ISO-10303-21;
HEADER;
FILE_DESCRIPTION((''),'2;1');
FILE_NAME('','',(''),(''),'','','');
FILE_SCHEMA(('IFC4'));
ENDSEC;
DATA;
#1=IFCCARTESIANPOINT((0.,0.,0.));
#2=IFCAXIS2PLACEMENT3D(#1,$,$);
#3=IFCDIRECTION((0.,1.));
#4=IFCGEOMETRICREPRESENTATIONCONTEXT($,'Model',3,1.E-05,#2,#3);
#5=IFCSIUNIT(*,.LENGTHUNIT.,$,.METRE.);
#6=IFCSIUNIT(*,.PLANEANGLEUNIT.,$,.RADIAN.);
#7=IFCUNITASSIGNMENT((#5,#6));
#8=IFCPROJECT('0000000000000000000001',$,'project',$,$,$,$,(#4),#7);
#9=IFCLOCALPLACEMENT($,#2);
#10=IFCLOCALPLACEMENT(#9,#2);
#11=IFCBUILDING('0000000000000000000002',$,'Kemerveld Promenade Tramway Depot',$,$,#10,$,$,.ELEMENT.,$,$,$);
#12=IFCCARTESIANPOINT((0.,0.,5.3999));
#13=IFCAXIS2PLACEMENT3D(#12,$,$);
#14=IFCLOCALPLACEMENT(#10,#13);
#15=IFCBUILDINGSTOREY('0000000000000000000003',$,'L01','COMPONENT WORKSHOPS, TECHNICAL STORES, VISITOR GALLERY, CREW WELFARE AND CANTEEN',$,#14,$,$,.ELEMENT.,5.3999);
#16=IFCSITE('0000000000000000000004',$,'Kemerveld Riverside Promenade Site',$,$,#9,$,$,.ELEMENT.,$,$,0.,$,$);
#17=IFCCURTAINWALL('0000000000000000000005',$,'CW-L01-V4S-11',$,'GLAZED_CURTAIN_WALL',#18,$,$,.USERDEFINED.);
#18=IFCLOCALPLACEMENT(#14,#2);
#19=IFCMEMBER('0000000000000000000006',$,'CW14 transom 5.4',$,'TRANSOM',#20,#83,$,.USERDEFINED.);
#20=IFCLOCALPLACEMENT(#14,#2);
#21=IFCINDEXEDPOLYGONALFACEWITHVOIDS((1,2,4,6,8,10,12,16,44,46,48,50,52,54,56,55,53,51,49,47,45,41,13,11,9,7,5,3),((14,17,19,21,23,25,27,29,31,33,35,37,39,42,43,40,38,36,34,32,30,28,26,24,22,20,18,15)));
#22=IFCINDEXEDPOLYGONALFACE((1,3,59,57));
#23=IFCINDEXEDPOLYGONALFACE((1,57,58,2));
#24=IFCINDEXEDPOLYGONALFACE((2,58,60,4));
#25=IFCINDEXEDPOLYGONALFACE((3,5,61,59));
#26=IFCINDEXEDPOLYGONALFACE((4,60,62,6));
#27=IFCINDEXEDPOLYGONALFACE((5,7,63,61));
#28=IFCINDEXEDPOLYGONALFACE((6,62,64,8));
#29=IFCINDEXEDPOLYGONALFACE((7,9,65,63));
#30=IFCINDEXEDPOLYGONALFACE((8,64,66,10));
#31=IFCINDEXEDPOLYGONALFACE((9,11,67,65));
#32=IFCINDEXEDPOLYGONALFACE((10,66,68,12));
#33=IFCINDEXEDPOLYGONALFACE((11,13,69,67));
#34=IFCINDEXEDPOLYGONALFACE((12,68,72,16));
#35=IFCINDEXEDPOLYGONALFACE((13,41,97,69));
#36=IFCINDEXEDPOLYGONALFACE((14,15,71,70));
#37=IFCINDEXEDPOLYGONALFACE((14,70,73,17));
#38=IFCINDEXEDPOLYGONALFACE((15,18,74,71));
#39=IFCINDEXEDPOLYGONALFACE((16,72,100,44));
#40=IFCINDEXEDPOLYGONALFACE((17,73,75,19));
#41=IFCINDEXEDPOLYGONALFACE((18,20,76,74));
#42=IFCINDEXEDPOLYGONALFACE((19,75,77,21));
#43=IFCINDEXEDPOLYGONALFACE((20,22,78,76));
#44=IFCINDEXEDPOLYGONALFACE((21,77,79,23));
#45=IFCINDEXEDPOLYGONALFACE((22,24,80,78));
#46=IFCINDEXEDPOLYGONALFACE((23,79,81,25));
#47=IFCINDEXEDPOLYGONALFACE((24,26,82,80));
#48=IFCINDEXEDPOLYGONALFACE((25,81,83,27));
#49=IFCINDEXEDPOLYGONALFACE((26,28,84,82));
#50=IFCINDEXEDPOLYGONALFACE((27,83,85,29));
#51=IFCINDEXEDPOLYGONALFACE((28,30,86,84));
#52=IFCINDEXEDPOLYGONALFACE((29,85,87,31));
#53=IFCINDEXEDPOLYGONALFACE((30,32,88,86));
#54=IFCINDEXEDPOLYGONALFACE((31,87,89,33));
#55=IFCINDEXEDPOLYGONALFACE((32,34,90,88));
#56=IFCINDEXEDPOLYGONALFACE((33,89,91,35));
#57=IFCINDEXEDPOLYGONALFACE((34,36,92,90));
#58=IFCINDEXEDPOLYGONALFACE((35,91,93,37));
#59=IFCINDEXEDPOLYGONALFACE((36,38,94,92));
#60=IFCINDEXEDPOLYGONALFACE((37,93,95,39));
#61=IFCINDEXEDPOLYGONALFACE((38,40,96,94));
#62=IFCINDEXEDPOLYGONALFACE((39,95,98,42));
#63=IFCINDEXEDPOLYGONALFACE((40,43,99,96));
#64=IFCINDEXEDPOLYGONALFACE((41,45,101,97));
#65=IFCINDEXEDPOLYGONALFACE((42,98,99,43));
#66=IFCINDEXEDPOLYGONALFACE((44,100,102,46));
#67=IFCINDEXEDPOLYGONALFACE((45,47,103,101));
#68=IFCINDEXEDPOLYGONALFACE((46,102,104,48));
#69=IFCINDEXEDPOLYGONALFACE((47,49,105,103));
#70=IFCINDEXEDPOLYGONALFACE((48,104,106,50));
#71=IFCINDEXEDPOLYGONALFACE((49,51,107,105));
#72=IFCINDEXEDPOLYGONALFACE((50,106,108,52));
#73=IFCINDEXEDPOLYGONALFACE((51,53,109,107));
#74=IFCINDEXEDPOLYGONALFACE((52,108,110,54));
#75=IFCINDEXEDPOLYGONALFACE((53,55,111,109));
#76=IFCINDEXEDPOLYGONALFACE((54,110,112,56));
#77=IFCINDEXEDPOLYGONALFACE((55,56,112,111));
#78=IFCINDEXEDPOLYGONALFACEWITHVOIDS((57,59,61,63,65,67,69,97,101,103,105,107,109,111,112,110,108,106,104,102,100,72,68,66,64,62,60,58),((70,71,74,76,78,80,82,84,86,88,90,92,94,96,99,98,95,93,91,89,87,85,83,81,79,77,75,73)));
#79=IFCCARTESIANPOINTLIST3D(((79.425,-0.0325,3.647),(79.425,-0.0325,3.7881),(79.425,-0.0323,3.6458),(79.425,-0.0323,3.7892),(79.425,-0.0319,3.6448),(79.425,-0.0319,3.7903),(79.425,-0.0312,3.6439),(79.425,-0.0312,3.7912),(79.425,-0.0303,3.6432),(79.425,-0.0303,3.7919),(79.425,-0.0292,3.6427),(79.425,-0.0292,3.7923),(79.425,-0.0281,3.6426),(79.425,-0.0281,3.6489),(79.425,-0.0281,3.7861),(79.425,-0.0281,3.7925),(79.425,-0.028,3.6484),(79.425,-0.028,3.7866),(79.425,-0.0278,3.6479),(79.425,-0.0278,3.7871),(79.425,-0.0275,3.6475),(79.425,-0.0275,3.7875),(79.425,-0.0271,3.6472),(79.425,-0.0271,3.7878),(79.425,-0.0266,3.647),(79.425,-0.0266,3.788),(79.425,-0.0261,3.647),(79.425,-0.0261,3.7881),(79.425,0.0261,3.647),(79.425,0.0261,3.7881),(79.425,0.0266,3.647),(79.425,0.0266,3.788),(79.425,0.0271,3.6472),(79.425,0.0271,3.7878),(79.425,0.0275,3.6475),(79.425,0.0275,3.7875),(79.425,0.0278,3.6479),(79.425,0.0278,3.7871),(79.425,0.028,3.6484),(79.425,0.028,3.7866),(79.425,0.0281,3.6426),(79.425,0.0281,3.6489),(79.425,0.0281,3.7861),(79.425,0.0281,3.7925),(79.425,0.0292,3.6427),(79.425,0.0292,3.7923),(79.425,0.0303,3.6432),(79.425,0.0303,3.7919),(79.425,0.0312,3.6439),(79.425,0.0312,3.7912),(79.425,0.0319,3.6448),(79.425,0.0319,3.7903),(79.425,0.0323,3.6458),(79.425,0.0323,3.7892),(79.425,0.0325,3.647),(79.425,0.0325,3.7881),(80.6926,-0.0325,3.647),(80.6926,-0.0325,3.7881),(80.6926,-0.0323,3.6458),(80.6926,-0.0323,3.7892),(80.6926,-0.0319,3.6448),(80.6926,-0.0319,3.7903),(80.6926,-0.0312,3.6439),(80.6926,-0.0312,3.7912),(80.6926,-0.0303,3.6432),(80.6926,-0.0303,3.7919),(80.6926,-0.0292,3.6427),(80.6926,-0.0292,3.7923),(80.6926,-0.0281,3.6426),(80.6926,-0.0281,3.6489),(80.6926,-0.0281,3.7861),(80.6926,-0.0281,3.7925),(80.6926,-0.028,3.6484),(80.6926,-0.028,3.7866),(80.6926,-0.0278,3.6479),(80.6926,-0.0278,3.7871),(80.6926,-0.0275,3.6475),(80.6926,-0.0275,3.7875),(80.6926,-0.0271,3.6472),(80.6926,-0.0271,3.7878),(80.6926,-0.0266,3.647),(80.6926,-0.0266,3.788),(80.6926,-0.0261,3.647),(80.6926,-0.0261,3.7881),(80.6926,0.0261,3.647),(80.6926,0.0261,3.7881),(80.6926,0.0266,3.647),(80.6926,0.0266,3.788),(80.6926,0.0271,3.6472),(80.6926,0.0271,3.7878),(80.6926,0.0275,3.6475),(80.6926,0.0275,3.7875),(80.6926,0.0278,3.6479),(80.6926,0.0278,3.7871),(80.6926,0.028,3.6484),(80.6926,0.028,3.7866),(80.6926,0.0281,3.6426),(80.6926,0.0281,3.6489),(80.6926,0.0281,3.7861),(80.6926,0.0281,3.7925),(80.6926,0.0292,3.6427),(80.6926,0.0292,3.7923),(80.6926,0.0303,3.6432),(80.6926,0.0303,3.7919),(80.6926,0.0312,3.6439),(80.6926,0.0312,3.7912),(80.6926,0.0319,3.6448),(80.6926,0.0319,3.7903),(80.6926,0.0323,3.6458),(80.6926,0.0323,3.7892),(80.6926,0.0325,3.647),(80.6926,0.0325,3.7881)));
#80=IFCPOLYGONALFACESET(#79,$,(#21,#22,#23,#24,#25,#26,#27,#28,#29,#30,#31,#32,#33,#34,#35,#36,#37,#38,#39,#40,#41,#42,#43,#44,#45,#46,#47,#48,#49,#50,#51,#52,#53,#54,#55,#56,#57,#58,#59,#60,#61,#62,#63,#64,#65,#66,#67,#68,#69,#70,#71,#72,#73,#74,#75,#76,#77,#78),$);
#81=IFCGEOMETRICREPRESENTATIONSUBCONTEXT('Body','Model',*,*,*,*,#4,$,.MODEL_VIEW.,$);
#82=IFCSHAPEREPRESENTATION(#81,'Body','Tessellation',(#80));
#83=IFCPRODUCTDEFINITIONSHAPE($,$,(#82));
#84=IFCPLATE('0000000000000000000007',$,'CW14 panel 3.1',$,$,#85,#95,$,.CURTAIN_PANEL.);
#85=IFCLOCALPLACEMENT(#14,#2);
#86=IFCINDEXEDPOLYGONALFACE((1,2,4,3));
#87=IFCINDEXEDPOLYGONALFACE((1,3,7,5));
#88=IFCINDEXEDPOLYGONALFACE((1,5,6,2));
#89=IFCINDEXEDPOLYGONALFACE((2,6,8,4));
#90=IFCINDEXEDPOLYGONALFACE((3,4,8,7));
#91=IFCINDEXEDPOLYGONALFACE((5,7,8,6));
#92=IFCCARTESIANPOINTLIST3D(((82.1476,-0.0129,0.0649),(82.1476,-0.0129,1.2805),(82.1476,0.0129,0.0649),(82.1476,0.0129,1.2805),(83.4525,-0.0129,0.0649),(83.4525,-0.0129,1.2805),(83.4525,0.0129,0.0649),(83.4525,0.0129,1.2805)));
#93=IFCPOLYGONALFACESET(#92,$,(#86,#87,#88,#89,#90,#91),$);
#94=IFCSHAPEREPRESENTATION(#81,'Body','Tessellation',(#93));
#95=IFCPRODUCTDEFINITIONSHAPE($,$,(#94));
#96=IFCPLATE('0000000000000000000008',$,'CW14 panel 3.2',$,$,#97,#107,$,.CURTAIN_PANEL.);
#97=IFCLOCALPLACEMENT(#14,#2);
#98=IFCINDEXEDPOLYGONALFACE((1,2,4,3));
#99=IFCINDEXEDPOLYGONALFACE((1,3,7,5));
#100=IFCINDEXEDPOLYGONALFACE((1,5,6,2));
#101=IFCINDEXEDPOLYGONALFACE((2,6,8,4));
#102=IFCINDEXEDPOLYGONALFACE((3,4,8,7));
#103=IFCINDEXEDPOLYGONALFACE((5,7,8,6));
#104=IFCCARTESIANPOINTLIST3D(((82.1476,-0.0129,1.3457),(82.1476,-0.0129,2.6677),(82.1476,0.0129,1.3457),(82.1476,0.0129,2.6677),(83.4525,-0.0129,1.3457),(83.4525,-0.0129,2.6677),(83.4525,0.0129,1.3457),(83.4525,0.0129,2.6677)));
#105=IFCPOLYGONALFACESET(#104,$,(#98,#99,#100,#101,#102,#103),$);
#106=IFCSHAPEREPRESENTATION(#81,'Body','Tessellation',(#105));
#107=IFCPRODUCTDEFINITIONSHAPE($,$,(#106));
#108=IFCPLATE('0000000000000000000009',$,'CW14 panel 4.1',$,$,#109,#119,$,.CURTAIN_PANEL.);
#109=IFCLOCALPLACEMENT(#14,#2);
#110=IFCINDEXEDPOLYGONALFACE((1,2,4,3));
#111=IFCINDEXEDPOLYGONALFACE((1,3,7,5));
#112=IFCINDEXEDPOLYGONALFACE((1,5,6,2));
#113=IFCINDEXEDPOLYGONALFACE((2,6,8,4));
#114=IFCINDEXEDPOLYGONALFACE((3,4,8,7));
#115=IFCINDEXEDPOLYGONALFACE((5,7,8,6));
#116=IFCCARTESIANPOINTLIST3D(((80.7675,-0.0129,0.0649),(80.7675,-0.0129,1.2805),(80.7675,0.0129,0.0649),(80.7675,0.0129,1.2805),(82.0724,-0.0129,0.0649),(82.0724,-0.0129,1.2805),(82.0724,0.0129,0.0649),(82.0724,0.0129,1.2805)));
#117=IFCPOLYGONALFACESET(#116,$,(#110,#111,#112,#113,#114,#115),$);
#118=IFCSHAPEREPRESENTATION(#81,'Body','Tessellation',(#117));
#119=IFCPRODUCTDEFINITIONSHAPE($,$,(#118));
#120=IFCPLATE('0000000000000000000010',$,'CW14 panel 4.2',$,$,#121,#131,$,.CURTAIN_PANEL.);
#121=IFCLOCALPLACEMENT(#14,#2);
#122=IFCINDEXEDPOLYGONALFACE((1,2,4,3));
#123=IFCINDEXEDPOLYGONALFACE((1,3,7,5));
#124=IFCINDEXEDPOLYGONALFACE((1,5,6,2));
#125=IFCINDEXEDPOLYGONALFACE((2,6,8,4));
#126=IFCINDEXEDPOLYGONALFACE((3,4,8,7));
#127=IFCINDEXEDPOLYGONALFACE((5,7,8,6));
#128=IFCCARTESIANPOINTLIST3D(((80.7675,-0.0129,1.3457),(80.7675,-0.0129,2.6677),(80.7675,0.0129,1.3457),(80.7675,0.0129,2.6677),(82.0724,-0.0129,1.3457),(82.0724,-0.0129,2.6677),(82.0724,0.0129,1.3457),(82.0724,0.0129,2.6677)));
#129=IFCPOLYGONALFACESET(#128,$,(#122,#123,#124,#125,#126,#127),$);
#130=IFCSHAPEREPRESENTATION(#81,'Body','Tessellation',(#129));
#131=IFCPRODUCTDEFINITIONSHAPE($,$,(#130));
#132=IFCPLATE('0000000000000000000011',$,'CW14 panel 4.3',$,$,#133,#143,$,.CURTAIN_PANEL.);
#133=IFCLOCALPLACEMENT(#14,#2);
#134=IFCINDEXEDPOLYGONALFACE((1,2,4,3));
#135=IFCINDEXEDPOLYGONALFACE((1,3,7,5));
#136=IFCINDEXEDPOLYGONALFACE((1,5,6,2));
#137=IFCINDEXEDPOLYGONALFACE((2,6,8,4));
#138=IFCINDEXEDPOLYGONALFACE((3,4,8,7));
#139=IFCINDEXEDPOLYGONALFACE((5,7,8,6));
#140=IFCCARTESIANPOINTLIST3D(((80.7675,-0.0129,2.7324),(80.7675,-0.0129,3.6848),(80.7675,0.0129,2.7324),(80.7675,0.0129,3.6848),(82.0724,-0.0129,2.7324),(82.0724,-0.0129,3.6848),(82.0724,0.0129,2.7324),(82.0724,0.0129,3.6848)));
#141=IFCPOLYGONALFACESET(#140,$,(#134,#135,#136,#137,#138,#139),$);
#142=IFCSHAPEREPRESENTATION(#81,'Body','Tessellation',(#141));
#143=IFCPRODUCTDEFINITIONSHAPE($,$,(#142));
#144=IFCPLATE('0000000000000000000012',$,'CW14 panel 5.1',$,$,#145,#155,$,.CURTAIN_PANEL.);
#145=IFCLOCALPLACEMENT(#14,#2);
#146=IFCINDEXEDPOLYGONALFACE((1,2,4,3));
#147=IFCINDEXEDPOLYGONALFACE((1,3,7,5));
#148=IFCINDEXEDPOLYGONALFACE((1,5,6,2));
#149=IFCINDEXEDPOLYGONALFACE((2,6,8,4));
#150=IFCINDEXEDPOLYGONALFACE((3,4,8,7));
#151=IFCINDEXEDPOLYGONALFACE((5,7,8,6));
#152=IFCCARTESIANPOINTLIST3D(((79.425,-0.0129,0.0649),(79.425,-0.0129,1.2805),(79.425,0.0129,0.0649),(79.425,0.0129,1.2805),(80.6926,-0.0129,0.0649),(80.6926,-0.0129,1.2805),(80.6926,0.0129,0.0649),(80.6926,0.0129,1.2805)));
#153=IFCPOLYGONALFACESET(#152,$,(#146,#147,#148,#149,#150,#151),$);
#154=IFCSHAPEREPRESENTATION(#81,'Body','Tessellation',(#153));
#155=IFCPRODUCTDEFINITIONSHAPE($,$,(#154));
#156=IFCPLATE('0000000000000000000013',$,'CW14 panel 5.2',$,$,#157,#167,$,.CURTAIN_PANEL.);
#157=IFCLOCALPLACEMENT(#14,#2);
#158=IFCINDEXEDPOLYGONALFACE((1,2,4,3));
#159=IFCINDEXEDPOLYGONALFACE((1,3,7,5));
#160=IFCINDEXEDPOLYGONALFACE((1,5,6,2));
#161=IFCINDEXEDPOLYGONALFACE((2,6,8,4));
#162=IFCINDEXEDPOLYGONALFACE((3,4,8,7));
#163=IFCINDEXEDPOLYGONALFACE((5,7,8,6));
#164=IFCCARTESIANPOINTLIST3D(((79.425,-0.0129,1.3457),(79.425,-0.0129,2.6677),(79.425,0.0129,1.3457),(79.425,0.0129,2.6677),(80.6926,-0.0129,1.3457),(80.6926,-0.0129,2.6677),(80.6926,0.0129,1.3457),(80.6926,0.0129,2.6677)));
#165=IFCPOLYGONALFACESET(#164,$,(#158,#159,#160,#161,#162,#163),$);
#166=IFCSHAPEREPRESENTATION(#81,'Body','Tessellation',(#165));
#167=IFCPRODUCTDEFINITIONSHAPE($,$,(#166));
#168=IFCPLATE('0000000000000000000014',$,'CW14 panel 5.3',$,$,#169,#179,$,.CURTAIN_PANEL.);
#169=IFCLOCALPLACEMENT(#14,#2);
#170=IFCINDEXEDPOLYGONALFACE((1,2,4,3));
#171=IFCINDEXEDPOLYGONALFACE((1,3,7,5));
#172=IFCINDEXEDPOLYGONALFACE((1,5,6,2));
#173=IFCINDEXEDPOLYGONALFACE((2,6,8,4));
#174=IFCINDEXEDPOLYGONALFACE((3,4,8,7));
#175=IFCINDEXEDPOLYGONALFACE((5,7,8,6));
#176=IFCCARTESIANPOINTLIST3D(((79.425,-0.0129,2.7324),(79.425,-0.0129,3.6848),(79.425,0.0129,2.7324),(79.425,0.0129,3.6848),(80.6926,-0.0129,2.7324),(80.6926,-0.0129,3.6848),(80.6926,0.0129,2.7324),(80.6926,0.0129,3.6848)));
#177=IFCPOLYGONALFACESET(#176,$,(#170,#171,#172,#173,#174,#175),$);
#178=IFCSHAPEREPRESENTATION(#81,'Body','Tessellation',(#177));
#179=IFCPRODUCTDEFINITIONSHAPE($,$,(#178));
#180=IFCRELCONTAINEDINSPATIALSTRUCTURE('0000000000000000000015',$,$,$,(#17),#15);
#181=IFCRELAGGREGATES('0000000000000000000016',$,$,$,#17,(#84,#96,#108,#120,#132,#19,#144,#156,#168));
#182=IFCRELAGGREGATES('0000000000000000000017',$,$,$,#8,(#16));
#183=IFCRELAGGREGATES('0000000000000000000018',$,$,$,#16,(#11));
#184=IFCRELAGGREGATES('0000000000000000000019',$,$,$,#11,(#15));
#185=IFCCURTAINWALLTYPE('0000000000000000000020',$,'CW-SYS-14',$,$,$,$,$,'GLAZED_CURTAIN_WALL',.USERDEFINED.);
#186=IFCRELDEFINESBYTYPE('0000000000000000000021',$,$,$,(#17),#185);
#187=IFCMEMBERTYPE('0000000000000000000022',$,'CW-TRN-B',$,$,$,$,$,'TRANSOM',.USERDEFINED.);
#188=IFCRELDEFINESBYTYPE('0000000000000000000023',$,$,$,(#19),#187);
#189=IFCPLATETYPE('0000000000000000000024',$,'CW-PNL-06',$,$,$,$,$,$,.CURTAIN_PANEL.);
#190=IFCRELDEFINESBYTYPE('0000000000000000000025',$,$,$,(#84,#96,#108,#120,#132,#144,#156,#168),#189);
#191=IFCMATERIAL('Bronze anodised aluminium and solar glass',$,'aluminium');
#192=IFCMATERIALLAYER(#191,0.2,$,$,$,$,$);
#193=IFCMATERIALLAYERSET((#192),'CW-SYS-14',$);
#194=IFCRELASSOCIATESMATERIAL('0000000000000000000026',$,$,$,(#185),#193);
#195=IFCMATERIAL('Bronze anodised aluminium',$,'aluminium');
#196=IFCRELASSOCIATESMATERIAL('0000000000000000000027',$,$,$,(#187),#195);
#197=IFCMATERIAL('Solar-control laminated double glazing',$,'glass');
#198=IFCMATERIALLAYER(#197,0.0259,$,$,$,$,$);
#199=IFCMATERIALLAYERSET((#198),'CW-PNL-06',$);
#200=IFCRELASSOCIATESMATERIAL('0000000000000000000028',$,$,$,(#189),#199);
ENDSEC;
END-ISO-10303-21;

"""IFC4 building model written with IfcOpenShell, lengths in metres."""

from ifc_helpers import new_model, si_unit, direction, frame, origin, origin_2d, place, context, subcontext, project, spatial, rectangle, hollow_rectangle, extrude, material, layer, layer_set, material_profile, profile_set, type_object, element, aggregate, save


model = new_model("IFC4")

# Units and contexts
model_context = context("Model", 3, precision=1e-05, world=origin(), true_north=direction((0.0, 1.0)))
body_context = subcontext(model_context, "Body", "Model", "MODEL_VIEW")
ifc_project = project(units=[si_unit("LENGTHUNIT", "METRE"), si_unit("PLANEANGLEUNIT", "RADIAN")], contexts=[model_context])

# Site, building, storey
site_placement = place(None, origin())
site = spatial("IfcSite", under=ifc_project, at=site_placement, Name="Kemerveld Riverside Promenade Site", CompositionType="ELEMENT", RefElevation=0.0)
building_placement = place(site_placement, origin())
building = spatial("IfcBuilding", under=site, at=building_placement, Name="Kemerveld Promenade Tramway Depot", CompositionType="ELEMENT")
storey_placement = place(building_placement, frame((0.0, 0.0, 5.3999)))
storey = spatial("IfcBuildingStorey", under=building, at=storey_placement, Name="L01", Description="COMPONENT WORKSHOPS, TECHNICAL STORES, VISITOR GALLERY, CREW WELFARE AND CANTEEN", CompositionType="ELEMENT", Elevation=5.3999)

# Curtain wall, member, plates
ifc_material_1 = material(Name="Bronze anodised aluminium and solar glass", Category="aluminium")
ifc_layer_1 = layer(ifc_material_1, 0.2)
ifc_layer_set_1 = layer_set([ifc_layer_1], Name="CW-SYS-14")
curtain_wall_type = type_object("IfcCurtainWallType", Name="CW-SYS-14", ElementType="GLAZED_CURTAIN_WALL", PredefinedType="USERDEFINED", material=ifc_layer_set_1)
curtain_wall_placement = place(storey_placement, origin())
curtain_wall = element("IfcCurtainWall", 1, at=curtain_wall_placement, inside=storey, type_object=curtain_wall_type, Name="CW-L01-V4S-11", ObjectType="GLAZED_CURTAIN_WALL", PredefinedType="USERDEFINED")
ifc_material_2 = material(Name="Bronze anodised aluminium", Category="aluminium")
ifc_material_profile_1 = material_profile(ifc_material_2, hollow_rectangle(XDim=0.0649, YDim=0.1499, WallThickness=0.0044, InnerFilletRadius=0.002, OuterFilletRadius=0.0044, at=origin_2d()), Name="CW-TRN-150x65")
ifc_profile_set_1 = profile_set([ifc_material_profile_1], Name="Bronze anodised aluminium")
member_type_1 = type_object("IfcMemberType", Name="CW-TRN-B", ElementType="TRANSOM", PredefinedType="USERDEFINED", material=ifc_profile_set_1)
member_1_placement = place(storey_placement, frame((80.6926, 0.0, 3.7175), z_axis=(-1.0, 0.0, 0.0), x_axis=(0.0, -1.0, 0.0)))
member_1 = element("IfcMember", 2, at=member_1_placement, type_object=member_type_1, Name="CW14 transom 5.4", ObjectType="TRANSOM", PredefinedType="USERDEFINED", context=body_context, shape_type="SweptSolid", body=[
    extrude(hollow_rectangle(XDim=0.0649, YDim=0.1499, WallThickness=0.0044, InnerFilletRadius=0.002, OuterFilletRadius=0.0044, at=origin_2d()), origin(), (0.0, 0.0, 1.0), 1.2676),
])
ifc_material_3 = material(Name="Solar-control laminated double glazing", Category="glass")
ifc_layer_2 = layer(ifc_material_3, 0.0259)
ifc_layer_set_2 = layer_set([ifc_layer_2], Name="CW-PNL-06")
plate_type = type_object("IfcPlateType", Name="CW-PNL-06", PredefinedType="CURTAIN_PANEL", material=ifc_layer_set_2)
plate_1_placement = place(storey_placement, frame((82.8, 0.0, 0.0649), z_axis=(0.0, 0.0, 1.0), x_axis=(-1.0, 0.0, 0.0)))
plate_1 = element("IfcPlate", 3, at=plate_1_placement, type_object=plate_type, Name="CW14 panel 3.1", PredefinedType="CURTAIN_PANEL", context=body_context, shape_type="SweptSolid", body=[
    extrude(rectangle(XDim=1.3049, YDim=0.0259, at=origin_2d()), origin(), (0.0, 0.0, 1.0), 1.2156),
])
plate_2_placement = place(storey_placement, frame((82.8, 0.0, 1.3457), z_axis=(0.0, 0.0, 1.0), x_axis=(-1.0, 0.0, 0.0)))
plate_2 = element("IfcPlate", 4, at=plate_2_placement, type_object=plate_type, Name="CW14 panel 3.2", PredefinedType="CURTAIN_PANEL", context=body_context, shape_type="SweptSolid", body=[
    extrude(rectangle(XDim=1.3049, YDim=0.0259, at=origin_2d()), origin(), (0.0, 0.0, 1.0), 1.322),
])
plate_3_placement = place(storey_placement, frame((81.4199, 0.0, 0.0649), z_axis=(0.0, 0.0, 1.0), x_axis=(-1.0, 0.0, 0.0)))
plate_3 = element("IfcPlate", 5, at=plate_3_placement, type_object=plate_type, Name="CW14 panel 4.1", PredefinedType="CURTAIN_PANEL", context=body_context, shape_type="SweptSolid", body=[
    extrude(rectangle(XDim=1.3049, YDim=0.0259, at=origin_2d()), origin(), (0.0, 0.0, 1.0), 1.2156),
])
plate_4_placement = place(storey_placement, frame((81.4199, 0.0, 1.3457), z_axis=(0.0, 0.0, 1.0), x_axis=(-1.0, 0.0, 0.0)))
plate_4 = element("IfcPlate", 6, at=plate_4_placement, type_object=plate_type, Name="CW14 panel 4.2", PredefinedType="CURTAIN_PANEL", context=body_context, shape_type="SweptSolid", body=[
    extrude(rectangle(XDim=1.3049, YDim=0.0259, at=origin_2d()), origin(), (0.0, 0.0, 1.0), 1.322),
])
plate_5_placement = place(storey_placement, frame((81.4199, 0.0, 2.7324), z_axis=(0.0, 0.0, 1.0), x_axis=(-1.0, 0.0, 0.0)))
plate_5 = element("IfcPlate", 7, at=plate_5_placement, type_object=plate_type, Name="CW14 panel 4.3", PredefinedType="CURTAIN_PANEL", context=body_context, shape_type="SweptSolid", body=[
    extrude(rectangle(XDim=1.3049, YDim=0.0259, at=origin_2d()), origin(), (0.0, 0.0, 1.0), 0.9524),
])
plate_6_placement = place(storey_placement, frame((80.0588, 0.0, 0.0649), z_axis=(0.0, 0.0, 1.0), x_axis=(-1.0, 0.0, 0.0)))
plate_6 = element("IfcPlate", 8, at=plate_6_placement, type_object=plate_type, Name="CW14 panel 5.1", PredefinedType="CURTAIN_PANEL", context=body_context, shape_type="SweptSolid", body=[
    extrude(rectangle(XDim=1.2676, YDim=0.0259, at=origin_2d()), origin(), (0.0, 0.0, 1.0), 1.2156),
])
plate_7_placement = place(storey_placement, frame((80.0588, 0.0, 1.3457), z_axis=(0.0, 0.0, 1.0), x_axis=(-1.0, 0.0, 0.0)))
plate_7 = element("IfcPlate", 9, at=plate_7_placement, type_object=plate_type, Name="CW14 panel 5.2", PredefinedType="CURTAIN_PANEL", context=body_context, shape_type="SweptSolid", body=[
    extrude(rectangle(XDim=1.2676, YDim=0.0259, at=origin_2d()), origin(), (0.0, 0.0, 1.0), 1.322),
])
plate_8_placement = place(storey_placement, frame((80.0588, 0.0, 2.7324), z_axis=(0.0, 0.0, 1.0), x_axis=(-1.0, 0.0, 0.0)))
plate_8 = element("IfcPlate", 10, at=plate_8_placement, type_object=plate_type, Name="CW14 panel 5.3", PredefinedType="CURTAIN_PANEL", context=body_context, shape_type="SweptSolid", body=[
    extrude(rectangle(XDim=1.2676, YDim=0.0259, at=origin_2d()), origin(), (0.0, 0.0, 1.0), 0.9524),
])
aggregate(curtain_wall, [plate_1, plate_2, plate_3, plate_4, plate_5, member_1, plate_6, plate_7, plate_8])

save(model, "model.ifc")
